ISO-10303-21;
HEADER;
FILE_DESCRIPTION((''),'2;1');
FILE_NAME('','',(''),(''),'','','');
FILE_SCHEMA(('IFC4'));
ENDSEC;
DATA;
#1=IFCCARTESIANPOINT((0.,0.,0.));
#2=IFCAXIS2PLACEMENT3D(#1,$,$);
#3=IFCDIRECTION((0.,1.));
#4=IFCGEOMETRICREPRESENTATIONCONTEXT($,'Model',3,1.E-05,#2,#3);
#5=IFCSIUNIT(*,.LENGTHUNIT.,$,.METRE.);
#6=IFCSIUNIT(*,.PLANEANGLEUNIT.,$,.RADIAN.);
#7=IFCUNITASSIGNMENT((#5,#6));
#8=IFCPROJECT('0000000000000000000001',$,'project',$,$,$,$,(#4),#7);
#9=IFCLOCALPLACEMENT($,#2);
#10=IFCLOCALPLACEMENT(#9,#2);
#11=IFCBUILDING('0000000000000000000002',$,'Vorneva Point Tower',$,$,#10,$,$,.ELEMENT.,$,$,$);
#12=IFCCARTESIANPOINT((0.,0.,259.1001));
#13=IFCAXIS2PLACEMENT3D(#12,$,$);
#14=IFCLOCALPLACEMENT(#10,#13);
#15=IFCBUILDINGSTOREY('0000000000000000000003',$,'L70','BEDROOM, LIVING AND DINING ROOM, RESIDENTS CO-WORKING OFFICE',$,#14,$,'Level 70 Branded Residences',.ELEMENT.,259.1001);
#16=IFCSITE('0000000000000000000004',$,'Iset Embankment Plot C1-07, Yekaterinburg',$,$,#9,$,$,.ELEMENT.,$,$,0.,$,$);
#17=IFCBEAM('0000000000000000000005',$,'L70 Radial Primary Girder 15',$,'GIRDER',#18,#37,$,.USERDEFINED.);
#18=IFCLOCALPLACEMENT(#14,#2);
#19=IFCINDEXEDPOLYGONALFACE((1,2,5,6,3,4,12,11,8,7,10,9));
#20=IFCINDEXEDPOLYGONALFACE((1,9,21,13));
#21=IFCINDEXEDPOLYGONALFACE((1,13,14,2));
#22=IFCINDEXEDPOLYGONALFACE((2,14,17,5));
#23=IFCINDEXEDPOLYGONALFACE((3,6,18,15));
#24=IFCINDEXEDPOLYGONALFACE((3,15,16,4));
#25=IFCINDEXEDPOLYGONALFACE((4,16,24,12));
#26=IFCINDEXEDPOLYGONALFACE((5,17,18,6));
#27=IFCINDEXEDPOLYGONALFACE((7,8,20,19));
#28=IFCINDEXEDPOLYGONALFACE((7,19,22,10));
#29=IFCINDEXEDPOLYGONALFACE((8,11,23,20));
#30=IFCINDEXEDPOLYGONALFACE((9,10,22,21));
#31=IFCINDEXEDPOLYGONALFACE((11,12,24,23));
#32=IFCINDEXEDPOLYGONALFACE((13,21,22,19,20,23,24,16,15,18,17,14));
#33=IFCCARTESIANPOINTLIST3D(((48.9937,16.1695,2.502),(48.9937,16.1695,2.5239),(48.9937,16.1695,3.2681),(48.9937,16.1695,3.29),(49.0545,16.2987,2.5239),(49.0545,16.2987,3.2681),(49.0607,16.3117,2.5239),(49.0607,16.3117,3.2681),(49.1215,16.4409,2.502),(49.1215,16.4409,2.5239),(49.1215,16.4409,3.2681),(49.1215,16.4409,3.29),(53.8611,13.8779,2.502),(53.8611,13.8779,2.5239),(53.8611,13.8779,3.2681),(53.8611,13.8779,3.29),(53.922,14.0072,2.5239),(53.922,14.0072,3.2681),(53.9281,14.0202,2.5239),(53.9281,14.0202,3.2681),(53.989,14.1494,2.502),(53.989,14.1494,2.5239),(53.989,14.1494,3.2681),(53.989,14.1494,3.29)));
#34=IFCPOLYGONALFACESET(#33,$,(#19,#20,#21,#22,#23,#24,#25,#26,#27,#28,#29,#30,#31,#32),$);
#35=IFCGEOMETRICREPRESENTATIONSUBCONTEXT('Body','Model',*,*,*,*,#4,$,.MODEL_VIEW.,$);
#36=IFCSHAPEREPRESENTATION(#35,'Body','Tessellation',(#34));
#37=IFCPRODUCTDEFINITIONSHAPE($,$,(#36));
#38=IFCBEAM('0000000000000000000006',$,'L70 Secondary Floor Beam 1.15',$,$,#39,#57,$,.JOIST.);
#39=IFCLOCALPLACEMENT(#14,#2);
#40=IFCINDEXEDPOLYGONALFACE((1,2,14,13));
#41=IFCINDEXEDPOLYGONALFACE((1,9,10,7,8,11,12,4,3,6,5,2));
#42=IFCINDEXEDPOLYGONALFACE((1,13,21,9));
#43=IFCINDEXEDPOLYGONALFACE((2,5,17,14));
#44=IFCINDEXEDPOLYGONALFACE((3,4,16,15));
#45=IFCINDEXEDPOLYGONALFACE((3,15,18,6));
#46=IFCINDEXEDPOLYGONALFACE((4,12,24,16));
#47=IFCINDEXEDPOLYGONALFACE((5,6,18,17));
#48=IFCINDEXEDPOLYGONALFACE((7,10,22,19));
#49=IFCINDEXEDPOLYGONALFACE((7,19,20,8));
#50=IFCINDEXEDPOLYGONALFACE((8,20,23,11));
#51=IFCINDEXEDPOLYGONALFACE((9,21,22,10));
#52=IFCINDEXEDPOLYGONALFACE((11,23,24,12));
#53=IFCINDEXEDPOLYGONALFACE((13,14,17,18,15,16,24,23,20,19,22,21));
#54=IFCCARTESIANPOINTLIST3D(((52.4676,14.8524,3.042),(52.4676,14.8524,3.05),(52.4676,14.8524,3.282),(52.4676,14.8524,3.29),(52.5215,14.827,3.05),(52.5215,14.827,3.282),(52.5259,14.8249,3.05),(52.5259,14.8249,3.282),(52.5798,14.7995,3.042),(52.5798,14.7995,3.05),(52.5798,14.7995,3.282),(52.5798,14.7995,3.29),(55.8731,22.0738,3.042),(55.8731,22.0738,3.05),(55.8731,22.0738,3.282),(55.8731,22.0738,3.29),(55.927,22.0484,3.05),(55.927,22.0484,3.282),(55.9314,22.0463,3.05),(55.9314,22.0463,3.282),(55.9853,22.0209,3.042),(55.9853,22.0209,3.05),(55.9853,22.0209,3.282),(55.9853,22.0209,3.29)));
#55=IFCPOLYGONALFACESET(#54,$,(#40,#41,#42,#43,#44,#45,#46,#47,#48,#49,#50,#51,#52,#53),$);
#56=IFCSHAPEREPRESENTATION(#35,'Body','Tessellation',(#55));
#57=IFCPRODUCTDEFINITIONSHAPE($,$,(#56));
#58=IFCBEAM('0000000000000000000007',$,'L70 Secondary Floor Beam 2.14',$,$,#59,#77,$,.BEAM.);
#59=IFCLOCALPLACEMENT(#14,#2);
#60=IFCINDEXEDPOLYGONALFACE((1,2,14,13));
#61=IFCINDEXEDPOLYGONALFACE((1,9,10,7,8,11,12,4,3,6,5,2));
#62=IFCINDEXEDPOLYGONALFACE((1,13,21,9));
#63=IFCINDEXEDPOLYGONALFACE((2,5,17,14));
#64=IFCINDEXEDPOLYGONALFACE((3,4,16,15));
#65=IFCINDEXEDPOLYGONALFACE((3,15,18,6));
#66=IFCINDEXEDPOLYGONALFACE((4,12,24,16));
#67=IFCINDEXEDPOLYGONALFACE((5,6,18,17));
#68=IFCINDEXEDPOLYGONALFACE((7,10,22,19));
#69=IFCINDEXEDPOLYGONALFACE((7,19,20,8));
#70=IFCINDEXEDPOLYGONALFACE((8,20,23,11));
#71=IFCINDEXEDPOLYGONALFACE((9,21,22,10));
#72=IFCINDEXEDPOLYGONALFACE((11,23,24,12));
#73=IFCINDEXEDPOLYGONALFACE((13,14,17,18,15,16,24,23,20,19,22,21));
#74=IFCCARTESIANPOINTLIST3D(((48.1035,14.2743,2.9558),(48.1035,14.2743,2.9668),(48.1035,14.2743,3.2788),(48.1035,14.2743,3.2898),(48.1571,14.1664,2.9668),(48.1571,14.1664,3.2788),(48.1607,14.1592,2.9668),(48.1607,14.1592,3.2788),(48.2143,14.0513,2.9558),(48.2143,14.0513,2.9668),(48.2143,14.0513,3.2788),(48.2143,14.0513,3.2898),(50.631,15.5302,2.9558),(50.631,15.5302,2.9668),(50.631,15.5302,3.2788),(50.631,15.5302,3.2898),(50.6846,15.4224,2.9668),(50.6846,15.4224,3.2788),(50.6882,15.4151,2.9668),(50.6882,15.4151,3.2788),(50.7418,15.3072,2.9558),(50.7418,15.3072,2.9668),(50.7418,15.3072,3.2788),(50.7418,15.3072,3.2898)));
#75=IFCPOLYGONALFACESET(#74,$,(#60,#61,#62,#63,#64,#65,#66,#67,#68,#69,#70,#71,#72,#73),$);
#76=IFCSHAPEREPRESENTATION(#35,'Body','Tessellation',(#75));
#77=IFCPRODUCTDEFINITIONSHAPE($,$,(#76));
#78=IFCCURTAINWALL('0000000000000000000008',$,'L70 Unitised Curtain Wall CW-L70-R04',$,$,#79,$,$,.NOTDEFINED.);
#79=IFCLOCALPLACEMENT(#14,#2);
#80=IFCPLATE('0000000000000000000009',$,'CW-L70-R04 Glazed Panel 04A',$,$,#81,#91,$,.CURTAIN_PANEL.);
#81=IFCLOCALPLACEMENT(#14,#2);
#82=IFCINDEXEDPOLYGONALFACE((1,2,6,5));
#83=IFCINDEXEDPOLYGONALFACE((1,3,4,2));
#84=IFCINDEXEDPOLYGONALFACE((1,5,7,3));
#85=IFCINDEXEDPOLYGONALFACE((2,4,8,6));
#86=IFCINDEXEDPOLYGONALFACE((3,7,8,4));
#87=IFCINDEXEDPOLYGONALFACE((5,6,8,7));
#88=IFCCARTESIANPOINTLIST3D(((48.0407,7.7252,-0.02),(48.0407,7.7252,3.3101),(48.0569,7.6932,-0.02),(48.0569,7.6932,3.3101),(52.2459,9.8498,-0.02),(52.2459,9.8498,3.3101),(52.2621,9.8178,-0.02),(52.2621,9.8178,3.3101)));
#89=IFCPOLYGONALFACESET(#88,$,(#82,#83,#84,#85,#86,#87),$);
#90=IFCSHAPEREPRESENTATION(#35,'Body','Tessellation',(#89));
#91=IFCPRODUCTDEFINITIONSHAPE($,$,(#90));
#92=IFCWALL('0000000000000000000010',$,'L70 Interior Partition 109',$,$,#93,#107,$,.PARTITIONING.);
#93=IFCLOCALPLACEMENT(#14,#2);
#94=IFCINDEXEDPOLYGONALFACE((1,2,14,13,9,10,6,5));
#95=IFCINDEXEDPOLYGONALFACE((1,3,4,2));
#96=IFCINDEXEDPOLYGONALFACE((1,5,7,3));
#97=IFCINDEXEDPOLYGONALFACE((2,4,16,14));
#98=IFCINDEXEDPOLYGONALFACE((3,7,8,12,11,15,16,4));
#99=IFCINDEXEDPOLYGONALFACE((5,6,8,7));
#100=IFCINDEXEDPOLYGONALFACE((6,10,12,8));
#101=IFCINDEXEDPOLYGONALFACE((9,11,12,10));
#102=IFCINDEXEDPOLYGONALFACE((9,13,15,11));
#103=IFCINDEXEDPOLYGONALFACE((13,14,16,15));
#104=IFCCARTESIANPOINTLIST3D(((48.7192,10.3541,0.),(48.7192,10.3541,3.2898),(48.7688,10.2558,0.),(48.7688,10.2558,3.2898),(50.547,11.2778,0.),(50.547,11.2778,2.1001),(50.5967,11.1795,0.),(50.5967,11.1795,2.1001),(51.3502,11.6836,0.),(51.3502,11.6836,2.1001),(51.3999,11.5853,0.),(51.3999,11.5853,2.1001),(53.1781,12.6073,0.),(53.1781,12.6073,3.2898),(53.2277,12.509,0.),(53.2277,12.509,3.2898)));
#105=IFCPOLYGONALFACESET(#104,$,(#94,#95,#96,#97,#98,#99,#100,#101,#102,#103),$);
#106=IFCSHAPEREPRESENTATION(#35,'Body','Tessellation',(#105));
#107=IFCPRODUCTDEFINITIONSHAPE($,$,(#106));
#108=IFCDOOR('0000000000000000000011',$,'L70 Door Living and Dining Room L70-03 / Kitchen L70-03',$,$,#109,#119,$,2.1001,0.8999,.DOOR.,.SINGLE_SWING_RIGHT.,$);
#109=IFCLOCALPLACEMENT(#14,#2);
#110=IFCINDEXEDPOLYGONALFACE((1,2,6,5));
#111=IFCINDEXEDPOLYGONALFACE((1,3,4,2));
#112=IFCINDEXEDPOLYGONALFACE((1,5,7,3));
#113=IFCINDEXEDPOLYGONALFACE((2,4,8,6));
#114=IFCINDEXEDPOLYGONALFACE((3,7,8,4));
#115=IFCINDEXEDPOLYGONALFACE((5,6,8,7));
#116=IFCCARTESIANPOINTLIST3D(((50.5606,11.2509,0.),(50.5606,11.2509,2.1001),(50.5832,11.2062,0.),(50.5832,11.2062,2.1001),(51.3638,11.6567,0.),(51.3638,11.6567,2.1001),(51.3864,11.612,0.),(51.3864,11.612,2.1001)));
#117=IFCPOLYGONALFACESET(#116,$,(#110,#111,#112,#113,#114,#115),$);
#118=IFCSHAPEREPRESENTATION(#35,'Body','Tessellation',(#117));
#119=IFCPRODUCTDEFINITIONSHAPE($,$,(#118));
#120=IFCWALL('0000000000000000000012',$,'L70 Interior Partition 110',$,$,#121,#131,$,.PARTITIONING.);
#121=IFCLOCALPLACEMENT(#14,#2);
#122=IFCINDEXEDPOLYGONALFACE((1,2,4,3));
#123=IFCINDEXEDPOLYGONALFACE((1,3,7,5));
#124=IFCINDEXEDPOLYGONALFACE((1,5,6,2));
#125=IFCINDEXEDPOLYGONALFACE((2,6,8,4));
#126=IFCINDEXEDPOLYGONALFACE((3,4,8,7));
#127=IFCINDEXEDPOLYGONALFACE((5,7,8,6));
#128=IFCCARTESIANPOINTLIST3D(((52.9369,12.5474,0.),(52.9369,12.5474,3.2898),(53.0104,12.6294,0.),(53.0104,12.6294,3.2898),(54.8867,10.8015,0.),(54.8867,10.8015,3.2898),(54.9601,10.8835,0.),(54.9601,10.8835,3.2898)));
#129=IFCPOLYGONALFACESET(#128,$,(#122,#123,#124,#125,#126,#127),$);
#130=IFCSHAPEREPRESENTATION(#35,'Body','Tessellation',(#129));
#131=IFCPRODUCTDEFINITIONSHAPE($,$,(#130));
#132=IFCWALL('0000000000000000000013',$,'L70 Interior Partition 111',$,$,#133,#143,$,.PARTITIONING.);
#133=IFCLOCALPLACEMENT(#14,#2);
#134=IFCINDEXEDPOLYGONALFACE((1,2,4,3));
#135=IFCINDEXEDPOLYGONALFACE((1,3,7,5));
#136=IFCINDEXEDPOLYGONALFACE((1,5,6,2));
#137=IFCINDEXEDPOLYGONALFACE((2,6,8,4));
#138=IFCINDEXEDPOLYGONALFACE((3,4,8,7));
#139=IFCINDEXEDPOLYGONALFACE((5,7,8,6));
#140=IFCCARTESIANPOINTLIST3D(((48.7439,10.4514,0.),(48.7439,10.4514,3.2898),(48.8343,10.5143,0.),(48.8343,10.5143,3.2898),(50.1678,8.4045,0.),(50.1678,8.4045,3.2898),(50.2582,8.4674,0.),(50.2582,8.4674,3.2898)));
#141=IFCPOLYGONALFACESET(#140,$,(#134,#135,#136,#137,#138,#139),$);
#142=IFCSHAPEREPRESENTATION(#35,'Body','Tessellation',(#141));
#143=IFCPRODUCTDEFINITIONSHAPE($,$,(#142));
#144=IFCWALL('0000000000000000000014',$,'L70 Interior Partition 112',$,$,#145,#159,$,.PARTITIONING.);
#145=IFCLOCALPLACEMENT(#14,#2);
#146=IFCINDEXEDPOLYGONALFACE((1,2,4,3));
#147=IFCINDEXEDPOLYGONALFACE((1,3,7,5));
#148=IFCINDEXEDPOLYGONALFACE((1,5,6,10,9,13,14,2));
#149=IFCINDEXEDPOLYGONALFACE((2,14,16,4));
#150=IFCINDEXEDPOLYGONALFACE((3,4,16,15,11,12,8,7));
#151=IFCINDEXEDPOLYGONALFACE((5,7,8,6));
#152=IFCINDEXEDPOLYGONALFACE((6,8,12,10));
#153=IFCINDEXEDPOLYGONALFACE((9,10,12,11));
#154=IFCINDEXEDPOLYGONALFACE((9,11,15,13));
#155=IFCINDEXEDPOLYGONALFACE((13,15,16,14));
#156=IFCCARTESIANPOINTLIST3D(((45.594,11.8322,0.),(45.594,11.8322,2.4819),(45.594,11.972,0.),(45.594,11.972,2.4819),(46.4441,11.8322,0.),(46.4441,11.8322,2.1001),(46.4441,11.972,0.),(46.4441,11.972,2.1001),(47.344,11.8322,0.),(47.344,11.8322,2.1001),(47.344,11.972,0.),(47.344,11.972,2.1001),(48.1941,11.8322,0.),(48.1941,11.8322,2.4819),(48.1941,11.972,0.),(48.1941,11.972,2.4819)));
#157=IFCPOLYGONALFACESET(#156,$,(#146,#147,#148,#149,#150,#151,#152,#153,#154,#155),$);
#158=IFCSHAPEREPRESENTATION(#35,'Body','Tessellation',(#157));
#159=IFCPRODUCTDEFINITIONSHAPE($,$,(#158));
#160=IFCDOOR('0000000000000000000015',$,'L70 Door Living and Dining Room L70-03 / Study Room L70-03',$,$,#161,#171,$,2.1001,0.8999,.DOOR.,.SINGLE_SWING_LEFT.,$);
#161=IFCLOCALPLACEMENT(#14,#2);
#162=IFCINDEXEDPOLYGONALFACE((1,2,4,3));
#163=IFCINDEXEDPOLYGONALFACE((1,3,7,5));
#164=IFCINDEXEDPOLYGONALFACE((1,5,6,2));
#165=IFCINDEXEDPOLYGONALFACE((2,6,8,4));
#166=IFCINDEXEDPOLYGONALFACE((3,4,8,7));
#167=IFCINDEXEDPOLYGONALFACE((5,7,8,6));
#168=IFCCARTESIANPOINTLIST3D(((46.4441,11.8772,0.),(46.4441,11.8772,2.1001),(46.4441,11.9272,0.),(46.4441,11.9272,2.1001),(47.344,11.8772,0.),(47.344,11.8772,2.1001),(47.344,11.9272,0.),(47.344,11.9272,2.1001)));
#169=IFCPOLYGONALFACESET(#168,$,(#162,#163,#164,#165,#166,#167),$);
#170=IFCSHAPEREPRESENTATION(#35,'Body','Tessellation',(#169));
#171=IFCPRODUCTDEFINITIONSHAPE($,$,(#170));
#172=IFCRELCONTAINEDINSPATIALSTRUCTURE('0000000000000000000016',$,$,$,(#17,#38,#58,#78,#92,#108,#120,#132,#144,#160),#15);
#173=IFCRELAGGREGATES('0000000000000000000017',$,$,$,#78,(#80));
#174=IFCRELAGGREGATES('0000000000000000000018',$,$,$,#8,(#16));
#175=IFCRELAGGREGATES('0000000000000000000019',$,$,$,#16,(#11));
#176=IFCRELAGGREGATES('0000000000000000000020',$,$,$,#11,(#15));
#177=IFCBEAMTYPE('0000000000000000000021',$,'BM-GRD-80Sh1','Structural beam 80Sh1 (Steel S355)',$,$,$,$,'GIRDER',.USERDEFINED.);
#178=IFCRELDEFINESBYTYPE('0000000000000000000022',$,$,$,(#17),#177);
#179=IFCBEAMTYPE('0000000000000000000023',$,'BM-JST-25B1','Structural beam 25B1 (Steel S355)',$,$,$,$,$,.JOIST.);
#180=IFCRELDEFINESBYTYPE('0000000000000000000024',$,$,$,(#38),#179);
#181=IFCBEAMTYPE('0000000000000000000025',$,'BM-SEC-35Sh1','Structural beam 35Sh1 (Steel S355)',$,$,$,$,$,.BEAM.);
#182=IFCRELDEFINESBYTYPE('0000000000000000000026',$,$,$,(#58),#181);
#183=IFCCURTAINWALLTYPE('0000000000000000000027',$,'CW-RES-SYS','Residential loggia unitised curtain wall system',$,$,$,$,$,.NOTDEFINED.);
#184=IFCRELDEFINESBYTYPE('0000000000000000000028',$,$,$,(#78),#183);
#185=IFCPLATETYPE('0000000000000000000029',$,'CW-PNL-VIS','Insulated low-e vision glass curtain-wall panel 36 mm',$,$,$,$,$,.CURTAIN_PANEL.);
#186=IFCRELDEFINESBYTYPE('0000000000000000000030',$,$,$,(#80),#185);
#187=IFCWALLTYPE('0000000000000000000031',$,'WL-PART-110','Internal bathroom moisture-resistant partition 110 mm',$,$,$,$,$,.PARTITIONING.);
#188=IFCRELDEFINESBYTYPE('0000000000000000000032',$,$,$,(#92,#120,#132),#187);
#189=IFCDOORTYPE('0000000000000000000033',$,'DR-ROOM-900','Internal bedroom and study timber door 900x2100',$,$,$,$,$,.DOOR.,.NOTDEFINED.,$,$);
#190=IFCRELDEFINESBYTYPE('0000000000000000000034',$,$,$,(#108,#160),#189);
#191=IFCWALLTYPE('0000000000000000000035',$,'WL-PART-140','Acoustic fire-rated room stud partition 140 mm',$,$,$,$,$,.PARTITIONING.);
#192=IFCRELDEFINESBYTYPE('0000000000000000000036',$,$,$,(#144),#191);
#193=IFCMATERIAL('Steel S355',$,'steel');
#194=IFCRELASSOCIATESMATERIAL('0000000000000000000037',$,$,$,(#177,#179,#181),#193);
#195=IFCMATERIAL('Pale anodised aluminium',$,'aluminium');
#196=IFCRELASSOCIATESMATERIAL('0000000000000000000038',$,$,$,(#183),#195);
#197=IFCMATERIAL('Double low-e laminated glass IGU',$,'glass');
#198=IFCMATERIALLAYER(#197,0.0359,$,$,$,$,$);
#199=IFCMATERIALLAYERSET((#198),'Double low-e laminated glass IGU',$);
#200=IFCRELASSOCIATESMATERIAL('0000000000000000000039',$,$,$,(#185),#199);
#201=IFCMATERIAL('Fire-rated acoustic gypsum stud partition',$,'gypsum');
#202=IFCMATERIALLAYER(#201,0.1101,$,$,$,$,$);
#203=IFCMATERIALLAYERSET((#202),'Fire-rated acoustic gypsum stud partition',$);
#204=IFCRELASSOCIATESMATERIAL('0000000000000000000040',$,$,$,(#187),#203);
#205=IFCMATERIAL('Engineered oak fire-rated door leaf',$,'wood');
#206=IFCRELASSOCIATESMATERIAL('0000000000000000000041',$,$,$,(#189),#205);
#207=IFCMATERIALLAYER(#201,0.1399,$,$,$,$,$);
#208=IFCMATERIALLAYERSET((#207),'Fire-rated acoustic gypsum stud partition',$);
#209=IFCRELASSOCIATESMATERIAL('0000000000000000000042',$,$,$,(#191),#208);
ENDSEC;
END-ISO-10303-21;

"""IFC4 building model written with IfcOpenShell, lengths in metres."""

from ifc_helpers import new_model, si_unit, direction, frame, frame_2d, origin, origin_2d, place, context, subcontext, project, spatial, rectangle, i_section, extrude, material, layer, layer_set, material_profile, profile_set, type_object, element, fill, aggregate, save


model = new_model("IFC4")

# Units and contexts
model_context = context("Model", 3, precision=1e-05, world=origin(), true_north=direction((0.0, 1.0)))
body_context = subcontext(model_context, "Body", "Model", "MODEL_VIEW")
ifc_project = project(units=[si_unit("LENGTHUNIT", "METRE"), si_unit("PLANEANGLEUNIT", "RADIAN")], contexts=[model_context])

# Site, building, storey
site_placement = place(None, origin())
site = spatial("IfcSite", under=ifc_project, at=site_placement, Name="Iset Embankment Plot C1-07, Yekaterinburg", CompositionType="ELEMENT", RefElevation=0.0)
building_placement = place(site_placement, origin())
building = spatial("IfcBuilding", under=site, at=building_placement, Name="Vorneva Point Tower", CompositionType="ELEMENT")
storey_placement = place(building_placement, frame((0.0, 0.0, 259.1001)))
storey = spatial("IfcBuildingStorey", under=building, at=storey_placement, Name="L70", Description="BEDROOM, LIVING AND DINING ROOM, RESIDENTS CO-WORKING OFFICE", LongName="Level 70 Branded Residences", CompositionType="ELEMENT", Elevation=259.1001)

# Beams
ifc_material_1 = material(Name="Steel S355", Category="steel")
ifc_material_profile_1 = material_profile(ifc_material_1, i_section(OverallWidth=0.3, OverallDepth=0.7881, WebThickness=0.0144, FlangeThickness=0.022, at=origin_2d()), Name="80Sh1")
ifc_profile_set_1 = profile_set([ifc_material_profile_1], Name="Steel S355")
beam_type_1 = type_object("IfcBeamType", Name="BM-GRD-80Sh1", Description="Structural beam 80Sh1 (Steel S355)", ElementType="GIRDER", PredefinedType="USERDEFINED", material=ifc_profile_set_1)
beam_1_placement = place(storey_placement, frame((53.925, 14.0137, 2.896), z_axis=(-0.904751, 0.425941, 0.0), x_axis=(-0.425941, -0.904751, 0.0)))
element("IfcBeam", 1, at=beam_1_placement, inside=storey, type_object=beam_type_1, Name="L70 Radial Primary Girder 15", ObjectType="GIRDER", PredefinedType="USERDEFINED", context=body_context, shape_type="SweptSolid", body=[
    extrude(i_section(OverallWidth=0.3, OverallDepth=0.7881, WebThickness=0.0144, FlangeThickness=0.022, at=origin_2d()), origin(), (0.0, 0.0, 1.0), 5.3799),
])
ifc_material_profile_2 = material_profile(ifc_material_1, i_section(OverallWidth=0.124, OverallDepth=0.248, WebThickness=0.0049, FlangeThickness=0.0081, at=origin_2d()), Name="25B1")
ifc_profile_set_2 = profile_set([ifc_material_profile_2], Name="Steel S355")
beam_type_2 = type_object("IfcBeamType", Name="BM-JST-25B1", Description="Structural beam 25B1 (Steel S355)", PredefinedType="JOIST", material=ifc_profile_set_2)
beam_2_placement = place(storey_placement, frame((52.5237, 14.8259, 3.166), z_axis=(0.426535, 0.904471, 0.0), x_axis=(-0.904471, 0.426535, 0.0)))
element("IfcBeam", 2, at=beam_2_placement, inside=storey, type_object=beam_type_2, Name="L70 Secondary Floor Beam 1.15", PredefinedType="JOIST", context=body_context, shape_type="SweptSolid", body=[
    extrude(i_section(OverallWidth=0.124, OverallDepth=0.248, WebThickness=0.0049, FlangeThickness=0.0081, at=origin_2d()), origin(), (0.0, 0.0, 1.0), 7.9841),
])
ifc_material_profile_3 = material_profile(ifc_material_1, i_section(OverallWidth=0.249, OverallDepth=0.334, WebThickness=0.0081, FlangeThickness=0.011, at=origin_2d()), Name="35Sh1")
ifc_profile_set_3 = profile_set([ifc_material_profile_3], Name="Steel S355")
beam_type_3 = type_object("IfcBeamType", Name="BM-SEC-35Sh1", Description="Structural beam 35Sh1 (Steel S355)", PredefinedType="BEAM", material=ifc_profile_set_3)
beam_3_placement = place(storey_placement, frame((48.1589, 14.1628, 3.1228), z_axis=(0.895532, 0.444998, 0.0), x_axis=(-0.444998, 0.895532, 0.0)))
element("IfcBeam", 3, at=beam_3_placement, inside=storey, type_object=beam_type_3, Name="L70 Secondary Floor Beam 2.14", PredefinedType="BEAM", context=body_context, shape_type="SweptSolid", body=[
    extrude(i_section(OverallWidth=0.249, OverallDepth=0.334, WebThickness=0.0081, FlangeThickness=0.011, at=origin_2d()), origin(), (0.0, 0.0, 1.0), 2.8223),
])

# Curtain wall, plate
ifc_material_2 = material(Name="Pale anodised aluminium", Category="aluminium")
curtain_wall_type = type_object("IfcCurtainWallType", Name="CW-RES-SYS", Description="Residential loggia unitised curtain wall system", PredefinedType="NOTDEFINED", material=ifc_material_2)
curtain_wall_placement = place(storey_placement, origin())
curtain_wall = element("IfcCurtainWall", 4, at=curtain_wall_placement, inside=storey, type_object=curtain_wall_type, Name="L70 Unitised Curtain Wall CW-L70-R04", PredefinedType="NOTDEFINED")
ifc_material_3 = material(Name="Double low-e laminated glass IGU", Category="glass")
ifc_layer_1 = layer(ifc_material_3, 0.0359)
ifc_layer_set_1 = layer_set([ifc_layer_1], Name="Double low-e laminated glass IGU")
plate_type = type_object("IfcPlateType", Name="CW-PNL-VIS", Description="Insulated low-e vision glass curtain-wall panel 36 mm", PredefinedType="CURTAIN_PANEL", material=ifc_layer_set_1)
plate_placement = place(storey_placement, frame((50.1514, 8.7715, -0.02), z_axis=(0.0, 0.0, 1.0), x_axis=(0.892554, 0.45094, 0.0)))
plate = element("IfcPlate", 5, at=plate_placement, type_object=plate_type, Name="CW-L70-R04 Glazed Panel 04A", PredefinedType="CURTAIN_PANEL", context=body_context, shape_type="SweptSolid", body=[
    extrude(rectangle(XDim=4.7114, YDim=0.0359, at=origin_2d()), origin(), (0.0, 0.0, 1.0), 3.3301),
])
aggregate(curtain_wall, [plate])

# Wall, opening, door
ifc_material_4 = material(Name="Fire-rated acoustic gypsum stud partition", Category="gypsum")
ifc_layer_2 = layer(ifc_material_4, 0.1101)
ifc_layer_set_2 = layer_set([ifc_layer_2], Name="Fire-rated acoustic gypsum stud partition")
wall_type_1 = type_object("IfcWallType", Name="WL-PART-110", Description="Internal bathroom moisture-resistant partition 110 mm", PredefinedType="PARTITIONING", material=ifc_layer_set_2)
wall_1_placement = place(storey_placement, frame((48.7439, 10.3049, 0.0), z_axis=(0.0, 0.0, 1.0), x_axis=(0.892523, 0.451002, 0.0)))
wall_1 = element("IfcWall", 6, at=wall_1_placement, inside=storey, type_object=wall_type_1, Name="L70 Interior Partition 109", PredefinedType="PARTITIONING", context=body_context, shape_type="SweptSolid", body=[
    extrude(rectangle(XDim=4.9958, YDim=0.1101, at=frame_2d((2.498, 0.0))), origin(), (0.0, 0.0, 1.0), 3.2898),
])
opening_1_placement = place(wall_1_placement, frame((2.0481, 0.0, 0.0)))
opening_1 = element("IfcOpeningElement", 7, at=opening_1_placement, cuts=wall_1, PredefinedType="OPENING", context=body_context, shape_type="SweptSolid", body=[
    extrude(rectangle(XDim=0.8999, YDim=2.1001, at=frame_2d((0.45, 1.05))), frame((0.0, 0.0698, 0.0), z_axis=(0.0, -1.0, 0.0), x_axis=(1.0, 0.0, 0.0)), (0.0, 0.0, 1.0), 0.1399),
])
ifc_material_5 = material(Name="Engineered oak fire-rated door leaf", Category="wood")
door_type = type_object("IfcDoorType", Name="DR-ROOM-900", Description="Internal bedroom and study timber door 900x2100", OperationType="NOTDEFINED", PredefinedType="DOOR", material=ifc_material_5)
door_1_placement = place(opening_1_placement, origin())
door_1 = element("IfcDoor", 8, at=door_1_placement, inside=storey, type_object=door_type, Name="L70 Door Living and Dining Room L70-03 / Kitchen L70-03", OperationType="SINGLE_SWING_RIGHT", OverallHeight=2.1001, OverallWidth=0.8999, PredefinedType="DOOR", context=body_context, shape_type="SweptSolid", body=[
    extrude(rectangle(XDim=0.8999, YDim=2.1001, at=frame_2d((0.45, 1.05))), frame((0.0, 0.0249, 0.0), z_axis=(0.0, -1.0, 0.0), x_axis=(1.0, 0.0, 0.0)), (0.0, 0.0, 1.0), 0.05),
])
fill(opening_1, door_1)

# Walls
wall_2_placement = place(storey_placement, frame((52.9736, 12.5884, 0.0), z_axis=(0.0, 0.0, 1.0), x_axis=(0.74498, -0.667087, 0.0)))
element("IfcWall", 9, at=wall_2_placement, inside=storey, type_object=wall_type_1, Name="L70 Interior Partition 110", PredefinedType="PARTITIONING", context=body_context, shape_type="SweptSolid", body=[
    extrude(rectangle(XDim=2.6172, YDim=0.1101, at=frame_2d((1.3086, 0.0))), origin(), (0.0, 0.0, 1.0), 3.2898),
])
wall_3_placement = place(storey_placement, frame((50.2129, 8.436, 0.0), z_axis=(0.0, 0.0, 1.0), x_axis=(-0.571042, 0.820921, 0.0)))
element("IfcWall", 10, at=wall_3_placement, inside=storey, type_object=wall_type_1, Name="L70 Interior Partition 111", PredefinedType="PARTITIONING", context=body_context, shape_type="SweptSolid", body=[
    extrude(rectangle(XDim=2.4934, YDim=0.1101, at=frame_2d((1.2466, 0.0))), origin(), (0.0, 0.0, 1.0), 3.2898),
])

# Wall, opening, door
ifc_layer_3 = layer(ifc_material_4, 0.1399)
ifc_layer_set_3 = layer_set([ifc_layer_3], Name="Fire-rated acoustic gypsum stud partition")
wall_type_2 = type_object("IfcWallType", Name="WL-PART-140", Description="Acoustic fire-rated room stud partition 140 mm", PredefinedType="PARTITIONING", material=ifc_layer_set_3)
wall_4_placement = place(storey_placement, frame((48.1941, 11.9021, 0.0), z_axis=(0.0, 0.0, 1.0), x_axis=(-1.0, 0.0, 0.0)))
wall_4 = element("IfcWall", 11, at=wall_4_placement, inside=storey, type_object=wall_type_2, Name="L70 Interior Partition 112", PredefinedType="PARTITIONING", context=body_context, shape_type="SweptSolid", body=[
    extrude(rectangle(XDim=2.6001, YDim=0.1399, at=frame_2d((1.3, 0.0))), origin(), (0.0, 0.0, 1.0), 2.4819),
])
opening_2_placement = place(wall_4_placement, frame((0.8501, 0.0, 0.0)))
opening_2 = element("IfcOpeningElement", 12, at=opening_2_placement, cuts=wall_4, PredefinedType="OPENING", context=body_context, shape_type="SweptSolid", body=[
    extrude(rectangle(XDim=0.8999, YDim=2.1001, at=frame_2d((0.45, 1.05))), frame((0.0, 0.085, 0.0), z_axis=(0.0, -1.0, 0.0), x_axis=(1.0, 0.0, 0.0)), (0.0, 0.0, 1.0), 0.1697),
])
door_2_placement = place(opening_2_placement, origin())
door_2 = element("IfcDoor", 13, at=door_2_placement, inside=storey, type_object=door_type, Name="L70 Door Living and Dining Room L70-03 / Study Room L70-03", OperationType="SINGLE_SWING_LEFT", OverallHeight=2.1001, OverallWidth=0.8999, PredefinedType="DOOR", context=body_context, shape_type="SweptSolid", body=[
    extrude(rectangle(XDim=0.8999, YDim=2.1001, at=frame_2d((0.45, 1.05))), frame((0.0, 0.0249, 0.0), z_axis=(0.0, -1.0, 0.0), x_axis=(1.0, 0.0, 0.0)), (0.0, 0.0, 1.0), 0.05),
])
fill(opening_2, door_2)

save(model, "model.ifc")
